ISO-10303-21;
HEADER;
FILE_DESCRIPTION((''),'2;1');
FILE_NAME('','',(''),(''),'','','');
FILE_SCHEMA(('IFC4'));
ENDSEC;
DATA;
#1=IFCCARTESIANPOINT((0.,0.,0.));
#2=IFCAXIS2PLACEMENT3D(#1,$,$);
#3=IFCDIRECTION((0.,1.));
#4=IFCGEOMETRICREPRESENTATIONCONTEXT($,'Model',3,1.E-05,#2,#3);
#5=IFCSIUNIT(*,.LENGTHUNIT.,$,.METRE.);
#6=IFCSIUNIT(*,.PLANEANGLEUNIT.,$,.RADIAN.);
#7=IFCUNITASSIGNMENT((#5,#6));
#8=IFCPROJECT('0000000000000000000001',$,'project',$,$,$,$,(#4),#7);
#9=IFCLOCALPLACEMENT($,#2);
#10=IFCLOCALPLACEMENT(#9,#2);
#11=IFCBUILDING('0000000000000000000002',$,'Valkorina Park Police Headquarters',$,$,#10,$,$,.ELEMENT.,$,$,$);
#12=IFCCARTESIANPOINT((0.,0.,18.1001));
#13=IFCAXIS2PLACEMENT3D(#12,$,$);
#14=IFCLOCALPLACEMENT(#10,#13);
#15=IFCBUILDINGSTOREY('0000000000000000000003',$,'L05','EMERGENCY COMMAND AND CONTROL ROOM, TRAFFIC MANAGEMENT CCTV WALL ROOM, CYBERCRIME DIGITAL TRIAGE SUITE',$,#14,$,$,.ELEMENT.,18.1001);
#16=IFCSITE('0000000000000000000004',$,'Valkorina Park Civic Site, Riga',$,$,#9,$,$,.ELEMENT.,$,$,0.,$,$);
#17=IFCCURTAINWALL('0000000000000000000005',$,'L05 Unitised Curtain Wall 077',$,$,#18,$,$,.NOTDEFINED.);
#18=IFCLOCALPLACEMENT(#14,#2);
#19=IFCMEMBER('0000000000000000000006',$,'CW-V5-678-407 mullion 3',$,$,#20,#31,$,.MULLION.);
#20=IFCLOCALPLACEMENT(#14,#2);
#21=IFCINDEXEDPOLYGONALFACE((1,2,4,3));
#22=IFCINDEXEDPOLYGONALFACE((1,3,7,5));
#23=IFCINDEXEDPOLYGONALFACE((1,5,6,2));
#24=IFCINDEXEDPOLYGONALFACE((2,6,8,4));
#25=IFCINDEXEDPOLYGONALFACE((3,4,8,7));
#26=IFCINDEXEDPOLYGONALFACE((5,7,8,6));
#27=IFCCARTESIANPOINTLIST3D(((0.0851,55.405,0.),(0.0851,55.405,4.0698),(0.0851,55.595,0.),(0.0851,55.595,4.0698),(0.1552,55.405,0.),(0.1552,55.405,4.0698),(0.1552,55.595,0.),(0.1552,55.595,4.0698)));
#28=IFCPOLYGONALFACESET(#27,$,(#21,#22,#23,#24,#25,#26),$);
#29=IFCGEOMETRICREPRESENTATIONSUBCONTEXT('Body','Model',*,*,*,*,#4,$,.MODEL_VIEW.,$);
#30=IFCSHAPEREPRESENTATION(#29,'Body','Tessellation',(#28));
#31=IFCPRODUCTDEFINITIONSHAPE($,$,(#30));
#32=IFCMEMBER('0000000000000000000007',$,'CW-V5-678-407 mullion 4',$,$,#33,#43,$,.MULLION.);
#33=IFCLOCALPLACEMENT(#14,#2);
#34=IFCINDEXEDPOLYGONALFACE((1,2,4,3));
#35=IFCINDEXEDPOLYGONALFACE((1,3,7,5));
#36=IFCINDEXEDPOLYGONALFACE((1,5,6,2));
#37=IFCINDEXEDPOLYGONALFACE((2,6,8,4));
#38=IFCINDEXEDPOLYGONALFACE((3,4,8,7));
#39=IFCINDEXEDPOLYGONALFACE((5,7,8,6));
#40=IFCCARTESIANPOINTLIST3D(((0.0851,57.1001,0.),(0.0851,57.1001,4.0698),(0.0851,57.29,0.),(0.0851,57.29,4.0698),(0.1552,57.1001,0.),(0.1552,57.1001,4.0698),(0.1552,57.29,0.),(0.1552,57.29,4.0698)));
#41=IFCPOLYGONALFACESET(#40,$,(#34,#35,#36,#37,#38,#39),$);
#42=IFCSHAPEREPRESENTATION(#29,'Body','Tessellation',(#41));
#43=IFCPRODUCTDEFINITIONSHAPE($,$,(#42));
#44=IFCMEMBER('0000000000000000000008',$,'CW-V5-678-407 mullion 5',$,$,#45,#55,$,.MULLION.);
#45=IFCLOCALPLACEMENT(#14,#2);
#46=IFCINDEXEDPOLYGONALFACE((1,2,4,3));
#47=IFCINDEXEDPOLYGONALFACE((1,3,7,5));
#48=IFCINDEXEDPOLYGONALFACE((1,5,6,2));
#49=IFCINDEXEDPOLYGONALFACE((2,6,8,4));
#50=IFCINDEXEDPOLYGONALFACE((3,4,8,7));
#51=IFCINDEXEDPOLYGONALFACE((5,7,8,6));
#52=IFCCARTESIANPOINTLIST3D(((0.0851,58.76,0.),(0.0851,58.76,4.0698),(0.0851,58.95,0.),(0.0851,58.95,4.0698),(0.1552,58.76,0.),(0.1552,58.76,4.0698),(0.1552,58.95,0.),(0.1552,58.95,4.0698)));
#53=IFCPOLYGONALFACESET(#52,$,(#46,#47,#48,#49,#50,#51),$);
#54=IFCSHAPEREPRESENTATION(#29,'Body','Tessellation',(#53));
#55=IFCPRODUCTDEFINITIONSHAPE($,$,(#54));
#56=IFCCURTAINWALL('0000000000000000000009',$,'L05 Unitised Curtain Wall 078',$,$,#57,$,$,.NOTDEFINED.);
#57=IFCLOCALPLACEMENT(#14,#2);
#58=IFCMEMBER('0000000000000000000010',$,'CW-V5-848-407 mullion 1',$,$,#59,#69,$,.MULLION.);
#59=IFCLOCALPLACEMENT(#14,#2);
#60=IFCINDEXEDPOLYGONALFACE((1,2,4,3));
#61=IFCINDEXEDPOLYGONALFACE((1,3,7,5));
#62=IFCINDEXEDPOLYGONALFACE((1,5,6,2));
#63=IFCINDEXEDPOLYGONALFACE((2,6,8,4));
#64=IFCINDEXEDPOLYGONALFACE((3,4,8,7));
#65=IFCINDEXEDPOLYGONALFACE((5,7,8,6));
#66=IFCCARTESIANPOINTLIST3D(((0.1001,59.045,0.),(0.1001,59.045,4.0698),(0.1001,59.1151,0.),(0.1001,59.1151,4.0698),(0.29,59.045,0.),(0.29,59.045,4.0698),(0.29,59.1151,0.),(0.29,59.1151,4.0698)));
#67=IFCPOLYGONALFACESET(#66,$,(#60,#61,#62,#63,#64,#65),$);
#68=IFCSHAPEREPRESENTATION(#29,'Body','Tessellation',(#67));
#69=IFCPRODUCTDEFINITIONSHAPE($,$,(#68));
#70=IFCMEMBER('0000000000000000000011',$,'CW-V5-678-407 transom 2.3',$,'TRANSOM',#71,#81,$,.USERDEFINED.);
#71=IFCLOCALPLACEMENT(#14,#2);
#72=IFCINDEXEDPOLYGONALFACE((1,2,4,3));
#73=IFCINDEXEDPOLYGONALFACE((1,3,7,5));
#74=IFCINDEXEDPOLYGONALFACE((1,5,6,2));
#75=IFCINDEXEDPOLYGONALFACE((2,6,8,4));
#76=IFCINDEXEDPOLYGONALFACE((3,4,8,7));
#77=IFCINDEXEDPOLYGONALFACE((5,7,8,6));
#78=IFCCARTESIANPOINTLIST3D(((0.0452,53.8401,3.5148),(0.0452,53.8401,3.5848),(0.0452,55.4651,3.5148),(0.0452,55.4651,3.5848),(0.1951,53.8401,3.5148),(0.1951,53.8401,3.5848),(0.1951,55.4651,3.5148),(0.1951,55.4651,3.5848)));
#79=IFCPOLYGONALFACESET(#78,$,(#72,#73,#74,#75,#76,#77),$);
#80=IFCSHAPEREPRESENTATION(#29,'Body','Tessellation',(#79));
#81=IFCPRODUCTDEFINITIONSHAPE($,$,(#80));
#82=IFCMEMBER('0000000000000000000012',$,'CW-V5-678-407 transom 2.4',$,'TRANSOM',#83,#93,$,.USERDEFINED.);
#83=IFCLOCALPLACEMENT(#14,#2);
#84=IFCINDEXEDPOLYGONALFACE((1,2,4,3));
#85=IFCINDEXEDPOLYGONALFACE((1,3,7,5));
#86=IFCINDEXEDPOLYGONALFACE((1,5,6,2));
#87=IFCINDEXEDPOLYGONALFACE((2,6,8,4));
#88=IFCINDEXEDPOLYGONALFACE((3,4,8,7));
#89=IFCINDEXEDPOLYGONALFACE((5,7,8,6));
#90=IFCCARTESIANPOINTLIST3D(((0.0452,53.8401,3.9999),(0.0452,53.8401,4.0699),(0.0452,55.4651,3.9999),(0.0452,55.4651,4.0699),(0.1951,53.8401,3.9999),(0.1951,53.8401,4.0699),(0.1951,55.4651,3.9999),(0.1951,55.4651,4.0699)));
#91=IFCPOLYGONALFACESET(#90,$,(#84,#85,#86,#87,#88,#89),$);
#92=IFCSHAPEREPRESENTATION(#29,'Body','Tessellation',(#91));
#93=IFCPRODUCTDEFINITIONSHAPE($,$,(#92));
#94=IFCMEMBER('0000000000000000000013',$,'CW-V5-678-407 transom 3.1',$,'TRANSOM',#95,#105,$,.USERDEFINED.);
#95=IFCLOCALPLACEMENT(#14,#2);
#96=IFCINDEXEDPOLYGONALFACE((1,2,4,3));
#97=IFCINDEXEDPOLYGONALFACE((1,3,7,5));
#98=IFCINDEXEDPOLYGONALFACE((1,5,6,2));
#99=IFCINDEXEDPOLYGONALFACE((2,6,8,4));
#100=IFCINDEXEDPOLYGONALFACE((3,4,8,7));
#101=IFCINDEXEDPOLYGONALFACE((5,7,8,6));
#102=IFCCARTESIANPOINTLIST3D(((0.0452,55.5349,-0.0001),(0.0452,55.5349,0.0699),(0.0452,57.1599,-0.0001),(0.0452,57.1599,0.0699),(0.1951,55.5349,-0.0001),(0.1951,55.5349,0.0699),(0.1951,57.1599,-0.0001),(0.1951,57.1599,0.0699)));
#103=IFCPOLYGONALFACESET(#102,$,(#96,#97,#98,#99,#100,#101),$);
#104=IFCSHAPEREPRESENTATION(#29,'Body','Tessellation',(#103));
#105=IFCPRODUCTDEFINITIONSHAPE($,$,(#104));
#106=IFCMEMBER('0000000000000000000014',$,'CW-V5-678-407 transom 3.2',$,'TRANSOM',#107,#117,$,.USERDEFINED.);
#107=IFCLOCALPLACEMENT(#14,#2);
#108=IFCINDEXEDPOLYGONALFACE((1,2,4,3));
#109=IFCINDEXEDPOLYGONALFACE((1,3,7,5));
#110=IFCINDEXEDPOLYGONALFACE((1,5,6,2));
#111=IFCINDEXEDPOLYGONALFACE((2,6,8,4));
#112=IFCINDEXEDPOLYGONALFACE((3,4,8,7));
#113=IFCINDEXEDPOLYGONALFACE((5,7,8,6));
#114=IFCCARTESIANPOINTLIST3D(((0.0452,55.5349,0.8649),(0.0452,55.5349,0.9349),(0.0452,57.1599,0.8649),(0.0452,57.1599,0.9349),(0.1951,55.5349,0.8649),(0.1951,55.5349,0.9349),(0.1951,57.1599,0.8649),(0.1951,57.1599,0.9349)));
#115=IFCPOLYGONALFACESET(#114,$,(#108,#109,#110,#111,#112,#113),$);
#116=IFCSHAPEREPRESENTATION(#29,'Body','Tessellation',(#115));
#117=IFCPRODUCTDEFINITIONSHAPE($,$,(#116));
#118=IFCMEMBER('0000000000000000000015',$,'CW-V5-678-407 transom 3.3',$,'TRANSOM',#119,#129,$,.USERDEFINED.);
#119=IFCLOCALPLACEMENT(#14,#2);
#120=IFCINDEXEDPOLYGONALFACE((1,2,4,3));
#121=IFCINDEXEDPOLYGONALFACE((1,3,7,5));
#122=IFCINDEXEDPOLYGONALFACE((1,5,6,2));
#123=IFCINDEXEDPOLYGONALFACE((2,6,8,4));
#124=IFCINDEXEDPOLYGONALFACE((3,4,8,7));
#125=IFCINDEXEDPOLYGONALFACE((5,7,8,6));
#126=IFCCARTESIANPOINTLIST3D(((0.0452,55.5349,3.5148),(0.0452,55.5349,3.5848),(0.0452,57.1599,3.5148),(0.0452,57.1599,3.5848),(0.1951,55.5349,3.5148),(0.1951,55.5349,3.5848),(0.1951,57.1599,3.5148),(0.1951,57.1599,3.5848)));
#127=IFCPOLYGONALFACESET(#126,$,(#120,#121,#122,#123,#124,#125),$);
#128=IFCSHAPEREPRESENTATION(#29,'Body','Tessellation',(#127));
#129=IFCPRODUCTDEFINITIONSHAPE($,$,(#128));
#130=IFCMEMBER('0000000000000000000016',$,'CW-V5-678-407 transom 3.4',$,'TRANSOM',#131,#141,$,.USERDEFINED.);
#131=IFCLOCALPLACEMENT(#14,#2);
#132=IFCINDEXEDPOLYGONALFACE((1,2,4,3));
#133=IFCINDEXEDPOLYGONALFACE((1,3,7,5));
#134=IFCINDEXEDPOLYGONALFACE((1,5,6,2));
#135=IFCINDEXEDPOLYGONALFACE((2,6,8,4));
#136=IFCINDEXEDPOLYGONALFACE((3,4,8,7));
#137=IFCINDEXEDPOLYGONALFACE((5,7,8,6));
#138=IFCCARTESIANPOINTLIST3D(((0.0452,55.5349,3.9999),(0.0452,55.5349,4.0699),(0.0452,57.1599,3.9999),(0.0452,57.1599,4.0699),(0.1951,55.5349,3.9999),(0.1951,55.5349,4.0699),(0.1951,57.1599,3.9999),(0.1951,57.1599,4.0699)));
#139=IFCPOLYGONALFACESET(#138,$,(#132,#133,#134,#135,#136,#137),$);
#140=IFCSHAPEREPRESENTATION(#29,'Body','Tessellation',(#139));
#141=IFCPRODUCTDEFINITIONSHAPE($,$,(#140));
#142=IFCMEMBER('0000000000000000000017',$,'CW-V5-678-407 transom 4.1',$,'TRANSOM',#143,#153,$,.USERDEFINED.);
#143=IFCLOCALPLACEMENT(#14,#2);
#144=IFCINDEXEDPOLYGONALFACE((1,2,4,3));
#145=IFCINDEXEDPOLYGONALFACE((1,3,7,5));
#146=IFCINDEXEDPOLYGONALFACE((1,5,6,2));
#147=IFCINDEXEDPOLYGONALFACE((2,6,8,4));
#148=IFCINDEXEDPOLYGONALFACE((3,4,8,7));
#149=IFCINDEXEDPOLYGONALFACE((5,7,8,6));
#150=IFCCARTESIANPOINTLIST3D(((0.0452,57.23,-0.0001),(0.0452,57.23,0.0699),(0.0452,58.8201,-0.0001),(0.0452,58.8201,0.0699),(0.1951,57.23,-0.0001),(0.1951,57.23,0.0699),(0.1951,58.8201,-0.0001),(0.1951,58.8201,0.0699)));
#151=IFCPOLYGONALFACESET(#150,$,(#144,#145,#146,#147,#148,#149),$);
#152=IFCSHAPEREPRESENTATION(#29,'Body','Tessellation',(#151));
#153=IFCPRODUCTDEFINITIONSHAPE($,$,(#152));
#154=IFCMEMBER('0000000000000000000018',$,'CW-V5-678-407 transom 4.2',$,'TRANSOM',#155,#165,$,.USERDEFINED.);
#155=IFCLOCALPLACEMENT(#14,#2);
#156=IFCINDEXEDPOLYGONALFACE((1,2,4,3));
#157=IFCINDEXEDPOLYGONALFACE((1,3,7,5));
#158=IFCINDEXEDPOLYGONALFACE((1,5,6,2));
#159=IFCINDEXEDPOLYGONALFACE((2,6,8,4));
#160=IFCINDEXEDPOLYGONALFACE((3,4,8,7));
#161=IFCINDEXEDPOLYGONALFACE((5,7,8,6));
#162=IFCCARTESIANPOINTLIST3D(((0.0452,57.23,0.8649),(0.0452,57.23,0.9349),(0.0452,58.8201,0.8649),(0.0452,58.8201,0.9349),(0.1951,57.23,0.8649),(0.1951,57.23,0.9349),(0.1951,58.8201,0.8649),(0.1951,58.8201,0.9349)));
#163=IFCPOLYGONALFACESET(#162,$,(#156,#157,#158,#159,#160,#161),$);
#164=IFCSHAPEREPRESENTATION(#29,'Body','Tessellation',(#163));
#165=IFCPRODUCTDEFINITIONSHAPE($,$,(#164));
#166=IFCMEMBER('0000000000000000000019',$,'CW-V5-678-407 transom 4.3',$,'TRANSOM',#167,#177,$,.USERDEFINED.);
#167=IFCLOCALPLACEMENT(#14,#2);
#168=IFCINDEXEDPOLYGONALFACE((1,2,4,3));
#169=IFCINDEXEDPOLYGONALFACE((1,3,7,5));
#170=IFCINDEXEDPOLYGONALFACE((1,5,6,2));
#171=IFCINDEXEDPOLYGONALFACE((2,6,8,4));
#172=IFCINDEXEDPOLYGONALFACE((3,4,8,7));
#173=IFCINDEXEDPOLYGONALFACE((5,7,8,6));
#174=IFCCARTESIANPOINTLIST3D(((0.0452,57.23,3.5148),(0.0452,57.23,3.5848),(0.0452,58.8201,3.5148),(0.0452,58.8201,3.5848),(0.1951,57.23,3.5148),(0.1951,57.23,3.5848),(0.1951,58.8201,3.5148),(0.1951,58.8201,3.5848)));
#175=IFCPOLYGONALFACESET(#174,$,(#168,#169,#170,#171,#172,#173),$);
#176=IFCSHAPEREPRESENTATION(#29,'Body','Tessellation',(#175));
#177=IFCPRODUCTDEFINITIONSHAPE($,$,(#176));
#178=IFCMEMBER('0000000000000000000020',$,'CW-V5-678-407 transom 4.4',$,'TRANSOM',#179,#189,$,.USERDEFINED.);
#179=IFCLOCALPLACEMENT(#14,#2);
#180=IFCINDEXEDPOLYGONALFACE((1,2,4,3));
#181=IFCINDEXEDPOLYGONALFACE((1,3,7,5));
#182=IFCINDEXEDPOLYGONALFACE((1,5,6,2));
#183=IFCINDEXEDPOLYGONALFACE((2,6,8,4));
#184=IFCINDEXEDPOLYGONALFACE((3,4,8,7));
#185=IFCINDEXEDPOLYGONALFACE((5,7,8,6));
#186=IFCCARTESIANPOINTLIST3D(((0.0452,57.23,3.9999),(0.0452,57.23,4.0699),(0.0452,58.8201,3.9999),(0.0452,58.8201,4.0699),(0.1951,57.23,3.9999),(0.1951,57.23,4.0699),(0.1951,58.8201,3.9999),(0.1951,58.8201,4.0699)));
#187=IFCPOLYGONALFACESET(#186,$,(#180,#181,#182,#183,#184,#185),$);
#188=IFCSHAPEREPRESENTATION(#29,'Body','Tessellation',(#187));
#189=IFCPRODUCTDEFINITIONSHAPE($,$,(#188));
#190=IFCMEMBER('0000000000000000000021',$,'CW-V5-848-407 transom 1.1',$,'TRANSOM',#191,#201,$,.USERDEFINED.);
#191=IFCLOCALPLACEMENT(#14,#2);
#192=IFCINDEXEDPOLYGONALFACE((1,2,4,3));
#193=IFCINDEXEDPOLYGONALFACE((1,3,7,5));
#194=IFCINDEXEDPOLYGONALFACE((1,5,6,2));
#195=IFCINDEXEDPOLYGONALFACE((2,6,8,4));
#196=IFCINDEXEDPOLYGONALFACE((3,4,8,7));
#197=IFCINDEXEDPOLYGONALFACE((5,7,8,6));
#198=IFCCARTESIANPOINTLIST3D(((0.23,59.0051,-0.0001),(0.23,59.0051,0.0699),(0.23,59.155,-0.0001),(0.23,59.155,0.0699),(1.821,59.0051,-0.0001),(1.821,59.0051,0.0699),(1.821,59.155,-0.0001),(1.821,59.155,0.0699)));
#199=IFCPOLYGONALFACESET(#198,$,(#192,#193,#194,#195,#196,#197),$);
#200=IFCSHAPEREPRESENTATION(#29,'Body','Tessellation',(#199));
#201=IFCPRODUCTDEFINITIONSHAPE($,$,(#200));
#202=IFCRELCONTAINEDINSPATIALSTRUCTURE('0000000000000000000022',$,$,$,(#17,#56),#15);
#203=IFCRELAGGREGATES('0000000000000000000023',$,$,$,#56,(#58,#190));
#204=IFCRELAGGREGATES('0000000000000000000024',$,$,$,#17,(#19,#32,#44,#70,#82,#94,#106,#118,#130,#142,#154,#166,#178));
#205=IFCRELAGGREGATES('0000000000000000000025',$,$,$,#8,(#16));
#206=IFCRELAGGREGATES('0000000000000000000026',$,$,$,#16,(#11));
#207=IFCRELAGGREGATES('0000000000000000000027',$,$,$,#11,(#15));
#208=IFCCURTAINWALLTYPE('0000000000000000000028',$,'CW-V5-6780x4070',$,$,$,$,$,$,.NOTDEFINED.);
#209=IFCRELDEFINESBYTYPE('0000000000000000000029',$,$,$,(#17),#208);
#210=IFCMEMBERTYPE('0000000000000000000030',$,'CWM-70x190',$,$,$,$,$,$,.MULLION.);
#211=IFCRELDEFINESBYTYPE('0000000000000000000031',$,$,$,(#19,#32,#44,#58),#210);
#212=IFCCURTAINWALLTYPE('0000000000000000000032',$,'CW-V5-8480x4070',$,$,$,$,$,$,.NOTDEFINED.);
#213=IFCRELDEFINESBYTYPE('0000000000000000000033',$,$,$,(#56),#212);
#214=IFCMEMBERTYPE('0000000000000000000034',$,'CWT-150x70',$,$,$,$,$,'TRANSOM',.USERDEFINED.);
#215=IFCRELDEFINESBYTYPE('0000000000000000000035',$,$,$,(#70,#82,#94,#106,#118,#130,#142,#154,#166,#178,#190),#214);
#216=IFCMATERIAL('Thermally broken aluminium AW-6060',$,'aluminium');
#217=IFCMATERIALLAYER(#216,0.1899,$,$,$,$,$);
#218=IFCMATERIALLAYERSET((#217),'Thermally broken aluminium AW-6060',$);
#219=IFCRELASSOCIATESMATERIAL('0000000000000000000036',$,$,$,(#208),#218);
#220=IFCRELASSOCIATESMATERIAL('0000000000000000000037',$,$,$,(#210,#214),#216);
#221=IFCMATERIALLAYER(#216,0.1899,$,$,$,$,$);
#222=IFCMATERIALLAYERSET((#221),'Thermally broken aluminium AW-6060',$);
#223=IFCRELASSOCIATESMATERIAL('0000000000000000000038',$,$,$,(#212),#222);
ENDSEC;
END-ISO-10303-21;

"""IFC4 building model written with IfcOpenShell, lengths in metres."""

from ifc_helpers import new_model, si_unit, direction, frame, origin, origin_2d, place, context, subcontext, project, spatial, rectangle, extrude, material, layer, layer_set, material_profile, profile_set, type_object, element, aggregate, save


model = new_model("IFC4")

# Units and contexts
model_context = context("Model", 3, precision=1e-05, world=origin(), true_north=direction((0.0, 1.0)))
body_context = subcontext(model_context, "Body", "Model", "MODEL_VIEW")
ifc_project = project(units=[si_unit("LENGTHUNIT", "METRE"), si_unit("PLANEANGLEUNIT", "RADIAN")], contexts=[model_context])

# Site, building, storey
site_placement = place(None, origin())
site = spatial("IfcSite", under=ifc_project, at=site_placement, Name="Valkorina Park Civic Site, Riga", CompositionType="ELEMENT", RefElevation=0.0)
building_placement = place(site_placement, origin())
building = spatial("IfcBuilding", under=site, at=building_placement, Name="Valkorina Park Police Headquarters", CompositionType="ELEMENT")
storey_placement = place(building_placement, frame((0.0, 0.0, 18.1001)))
storey = spatial("IfcBuildingStorey", under=building, at=storey_placement, Name="L05", Description="EMERGENCY COMMAND AND CONTROL ROOM, TRAFFIC MANAGEMENT CCTV WALL ROOM, CYBERCRIME DIGITAL TRIAGE SUITE", CompositionType="ELEMENT", Elevation=18.1001)

# Curtain wall, members
ifc_material_1 = material(Name="Thermally broken aluminium AW-6060", Category="aluminium")
ifc_layer_1 = layer(ifc_material_1, 0.1899)
ifc_layer_set_1 = layer_set([ifc_layer_1], Name="Thermally broken aluminium AW-6060")
curtain_wall_type_1 = type_object("IfcCurtainWallType", Name="CW-V5-6780x4070", PredefinedType="NOTDEFINED", material=ifc_layer_set_1)
curtain_wall_1_placement = place(storey_placement, origin())
curtain_wall_1 = element("IfcCurtainWall", 1, at=curtain_wall_1_placement, inside=storey, type_object=curtain_wall_type_1, Name="L05 Unitised Curtain Wall 077", PredefinedType="NOTDEFINED")
ifc_material_profile_1 = material_profile(ifc_material_1, rectangle(XDim=0.0701, YDim=0.1899, at=origin_2d()), Name="CWM-02 70x190")
ifc_profile_set_1 = profile_set([ifc_material_profile_1], Name="Thermally broken aluminium AW-6060")
member_type_1 = type_object("IfcMemberType", Name="CWM-70x190", PredefinedType="MULLION", material=ifc_profile_set_1)
member_1_placement = place(storey_placement, frame((0.1201, 55.5, 0.0), z_axis=(0.0, 0.0, 1.0), x_axis=(-1.0, 0.0, 0.0)))
member_1 = element("IfcMember", 2, at=member_1_placement, type_object=member_type_1, Name="CW-V5-678-407 mullion 3", PredefinedType="MULLION", context=body_context, shape_type="SweptSolid", body=[
    extrude(rectangle(XDim=0.0701, YDim=0.1899, at=origin_2d()), origin(), (0.0, 0.0, 1.0), 4.0698),
])
member_2_placement = place(storey_placement, frame((0.1201, 57.1951, 0.0), z_axis=(0.0, 0.0, 1.0), x_axis=(-1.0, 0.0, 0.0)))
member_2 = element("IfcMember", 3, at=member_2_placement, type_object=member_type_1, Name="CW-V5-678-407 mullion 4", PredefinedType="MULLION", context=body_context, shape_type="SweptSolid", body=[
    extrude(rectangle(XDim=0.0701, YDim=0.1899, at=origin_2d()), origin(), (0.0, 0.0, 1.0), 4.0698),
])
member_3_placement = place(storey_placement, frame((0.1201, 58.855, 0.0), z_axis=(0.0, 0.0, 1.0), x_axis=(-1.0, 0.0, 0.0)))
member_3 = element("IfcMember", 4, at=member_3_placement, type_object=member_type_1, Name="CW-V5-678-407 mullion 5", PredefinedType="MULLION", context=body_context, shape_type="SweptSolid", body=[
    extrude(rectangle(XDim=0.0701, YDim=0.1899, at=origin_2d()), origin(), (0.0, 0.0, 1.0), 4.0698),
])

# Curtain wall, member
ifc_layer_2 = layer(ifc_material_1, 0.1899)
ifc_layer_set_2 = layer_set([ifc_layer_2], Name="Thermally broken aluminium AW-6060")
curtain_wall_type_2 = type_object("IfcCurtainWallType", Name="CW-V5-8480x4070", PredefinedType="NOTDEFINED", material=ifc_layer_set_2)
curtain_wall_2_placement = place(storey_placement, origin())
curtain_wall_2 = element("IfcCurtainWall", 5, at=curtain_wall_2_placement, inside=storey, type_object=curtain_wall_type_2, Name="L05 Unitised Curtain Wall 078", PredefinedType="NOTDEFINED")
member_4_placement = place(storey_placement, frame((0.1951, 59.0801, 0.0), z_axis=(0.0, 0.0, 1.0), x_axis=(0.0, 1.0, 0.0)))
member_4 = element("IfcMember", 6, at=member_4_placement, type_object=member_type_1, Name="CW-V5-848-407 mullion 1", PredefinedType="MULLION", context=body_context, shape_type="SweptSolid", body=[
    extrude(rectangle(XDim=0.0701, YDim=0.1899, at=origin_2d()), origin(), (0.0, 0.0, 1.0), 4.0698),
])

# Members
ifc_material_profile_2 = material_profile(ifc_material_1, rectangle(XDim=0.1499, YDim=0.0701, at=origin_2d()), Name="CWT-02 150x70")
ifc_profile_set_2 = profile_set([ifc_material_profile_2], Name="Thermally broken aluminium AW-6060")
member_type_2 = type_object("IfcMemberType", Name="CWT-150x70", ElementType="TRANSOM", PredefinedType="USERDEFINED", material=ifc_profile_set_2)
member_5_placement = place(storey_placement, frame((0.1201, 53.8401, 3.5498), z_axis=(0.0, 1.0, 0.0), x_axis=(-1.0, 0.0, 0.0)))
member_5 = element("IfcMember", 7, at=member_5_placement, type_object=member_type_2, Name="CW-V5-678-407 transom 2.3", ObjectType="TRANSOM", PredefinedType="USERDEFINED", context=body_context, shape_type="SweptSolid", body=[
    extrude(rectangle(XDim=0.1499, YDim=0.0701, at=origin_2d()), origin(), (0.0, 0.0, 1.0), 1.625),
])
member_6_placement = place(storey_placement, frame((0.1201, 53.8401, 4.0349), z_axis=(0.0, 1.0, 0.0), x_axis=(-1.0, 0.0, 0.0)))
member_6 = element("IfcMember", 8, at=member_6_placement, type_object=member_type_2, Name="CW-V5-678-407 transom 2.4", ObjectType="TRANSOM", PredefinedType="USERDEFINED", context=body_context, shape_type="SweptSolid", body=[
    extrude(rectangle(XDim=0.1499, YDim=0.0701, at=origin_2d()), origin(), (0.0, 0.0, 1.0), 1.625),
])
member_7_placement = place(storey_placement, frame((0.1201, 55.5349, 0.0349), z_axis=(0.0, 1.0, 0.0), x_axis=(-1.0, 0.0, 0.0)))
member_7 = element("IfcMember", 9, at=member_7_placement, type_object=member_type_2, Name="CW-V5-678-407 transom 3.1", ObjectType="TRANSOM", PredefinedType="USERDEFINED", context=body_context, shape_type="SweptSolid", body=[
    extrude(rectangle(XDim=0.1499, YDim=0.0701, at=origin_2d()), origin(), (0.0, 0.0, 1.0), 1.625),
])
member_8_placement = place(storey_placement, frame((0.1201, 55.5349, 0.8999), z_axis=(0.0, 1.0, 0.0), x_axis=(-1.0, 0.0, 0.0)))
member_8 = element("IfcMember", 10, at=member_8_placement, type_object=member_type_2, Name="CW-V5-678-407 transom 3.2", ObjectType="TRANSOM", PredefinedType="USERDEFINED", context=body_context, shape_type="SweptSolid", body=[
    extrude(rectangle(XDim=0.1499, YDim=0.0701, at=origin_2d()), origin(), (0.0, 0.0, 1.0), 1.625),
])
member_9_placement = place(storey_placement, frame((0.1201, 55.5349, 3.5498), z_axis=(0.0, 1.0, 0.0), x_axis=(-1.0, 0.0, 0.0)))
member_9 = element("IfcMember", 11, at=member_9_placement, type_object=member_type_2, Name="CW-V5-678-407 transom 3.3", ObjectType="TRANSOM", PredefinedType="USERDEFINED", context=body_context, shape_type="SweptSolid", body=[
    extrude(rectangle(XDim=0.1499, YDim=0.0701, at=origin_2d()), origin(), (0.0, 0.0, 1.0), 1.625),
])
member_10_placement = place(storey_placement, frame((0.1201, 55.5349, 4.0349), z_axis=(0.0, 1.0, 0.0), x_axis=(-1.0, 0.0, 0.0)))
member_10 = element("IfcMember", 12, at=member_10_placement, type_object=member_type_2, Name="CW-V5-678-407 transom 3.4", ObjectType="TRANSOM", PredefinedType="USERDEFINED", context=body_context, shape_type="SweptSolid", body=[
    extrude(rectangle(XDim=0.1499, YDim=0.0701, at=origin_2d()), origin(), (0.0, 0.0, 1.0), 1.625),
])
member_11_placement = place(storey_placement, frame((0.1201, 57.23, 0.0349), z_axis=(0.0, 1.0, 0.0), x_axis=(-1.0, 0.0, 0.0)))
member_11 = element("IfcMember", 13, at=member_11_placement, type_object=member_type_2, Name="CW-V5-678-407 transom 4.1", ObjectType="TRANSOM", PredefinedType="USERDEFINED", context=body_context, shape_type="SweptSolid", body=[
    extrude(rectangle(XDim=0.1499, YDim=0.0701, at=origin_2d()), origin(), (0.0, 0.0, 1.0), 1.5901),
])
member_12_placement = place(storey_placement, frame((0.1201, 57.23, 0.8999), z_axis=(0.0, 1.0, 0.0), x_axis=(-1.0, 0.0, 0.0)))
member_12 = element("IfcMember", 14, at=member_12_placement, type_object=member_type_2, Name="CW-V5-678-407 transom 4.2", ObjectType="TRANSOM", PredefinedType="USERDEFINED", context=body_context, shape_type="SweptSolid", body=[
    extrude(rectangle(XDim=0.1499, YDim=0.0701, at=origin_2d()), origin(), (0.0, 0.0, 1.0), 1.5901),
])
member_13_placement = place(storey_placement, frame((0.1201, 57.23, 3.5498), z_axis=(0.0, 1.0, 0.0), x_axis=(-1.0, 0.0, 0.0)))
member_13 = element("IfcMember", 15, at=member_13_placement, type_object=member_type_2, Name="CW-V5-678-407 transom 4.3", ObjectType="TRANSOM", PredefinedType="USERDEFINED", context=body_context, shape_type="SweptSolid", body=[
    extrude(rectangle(XDim=0.1499, YDim=0.0701, at=origin_2d()), origin(), (0.0, 0.0, 1.0), 1.5901),
])
member_14_placement = place(storey_placement, frame((0.1201, 57.23, 4.0349), z_axis=(0.0, 1.0, 0.0), x_axis=(-1.0, 0.0, 0.0)))
member_14 = element("IfcMember", 16, at=member_14_placement, type_object=member_type_2, Name="CW-V5-678-407 transom 4.4", ObjectType="TRANSOM", PredefinedType="USERDEFINED", context=body_context, shape_type="SweptSolid", body=[
    extrude(rectangle(XDim=0.1499, YDim=0.0701, at=origin_2d()), origin(), (0.0, 0.0, 1.0), 1.5901),
])
member_15_placement = place(storey_placement, frame((0.23, 59.0801, 0.0349), z_axis=(1.0, 0.0, 0.0), x_axis=(0.0, 1.0, 0.0)))
member_15 = element("IfcMember", 17, at=member_15_placement, type_object=member_type_2, Name="CW-V5-848-407 transom 1.1", ObjectType="TRANSOM", PredefinedType="USERDEFINED", context=body_context, shape_type="SweptSolid", body=[
    extrude(rectangle(XDim=0.1499, YDim=0.0701, at=origin_2d()), origin(), (0.0, 0.0, 1.0), 1.5911),
])
aggregate(curtain_wall_2, [member_4, member_15])

aggregate(curtain_wall_1, [member_1, member_2, member_3, member_5, member_6, member_7, member_8, member_9, member_10, member_11, member_12, member_13, member_14])

save(model, "model.ifc")
